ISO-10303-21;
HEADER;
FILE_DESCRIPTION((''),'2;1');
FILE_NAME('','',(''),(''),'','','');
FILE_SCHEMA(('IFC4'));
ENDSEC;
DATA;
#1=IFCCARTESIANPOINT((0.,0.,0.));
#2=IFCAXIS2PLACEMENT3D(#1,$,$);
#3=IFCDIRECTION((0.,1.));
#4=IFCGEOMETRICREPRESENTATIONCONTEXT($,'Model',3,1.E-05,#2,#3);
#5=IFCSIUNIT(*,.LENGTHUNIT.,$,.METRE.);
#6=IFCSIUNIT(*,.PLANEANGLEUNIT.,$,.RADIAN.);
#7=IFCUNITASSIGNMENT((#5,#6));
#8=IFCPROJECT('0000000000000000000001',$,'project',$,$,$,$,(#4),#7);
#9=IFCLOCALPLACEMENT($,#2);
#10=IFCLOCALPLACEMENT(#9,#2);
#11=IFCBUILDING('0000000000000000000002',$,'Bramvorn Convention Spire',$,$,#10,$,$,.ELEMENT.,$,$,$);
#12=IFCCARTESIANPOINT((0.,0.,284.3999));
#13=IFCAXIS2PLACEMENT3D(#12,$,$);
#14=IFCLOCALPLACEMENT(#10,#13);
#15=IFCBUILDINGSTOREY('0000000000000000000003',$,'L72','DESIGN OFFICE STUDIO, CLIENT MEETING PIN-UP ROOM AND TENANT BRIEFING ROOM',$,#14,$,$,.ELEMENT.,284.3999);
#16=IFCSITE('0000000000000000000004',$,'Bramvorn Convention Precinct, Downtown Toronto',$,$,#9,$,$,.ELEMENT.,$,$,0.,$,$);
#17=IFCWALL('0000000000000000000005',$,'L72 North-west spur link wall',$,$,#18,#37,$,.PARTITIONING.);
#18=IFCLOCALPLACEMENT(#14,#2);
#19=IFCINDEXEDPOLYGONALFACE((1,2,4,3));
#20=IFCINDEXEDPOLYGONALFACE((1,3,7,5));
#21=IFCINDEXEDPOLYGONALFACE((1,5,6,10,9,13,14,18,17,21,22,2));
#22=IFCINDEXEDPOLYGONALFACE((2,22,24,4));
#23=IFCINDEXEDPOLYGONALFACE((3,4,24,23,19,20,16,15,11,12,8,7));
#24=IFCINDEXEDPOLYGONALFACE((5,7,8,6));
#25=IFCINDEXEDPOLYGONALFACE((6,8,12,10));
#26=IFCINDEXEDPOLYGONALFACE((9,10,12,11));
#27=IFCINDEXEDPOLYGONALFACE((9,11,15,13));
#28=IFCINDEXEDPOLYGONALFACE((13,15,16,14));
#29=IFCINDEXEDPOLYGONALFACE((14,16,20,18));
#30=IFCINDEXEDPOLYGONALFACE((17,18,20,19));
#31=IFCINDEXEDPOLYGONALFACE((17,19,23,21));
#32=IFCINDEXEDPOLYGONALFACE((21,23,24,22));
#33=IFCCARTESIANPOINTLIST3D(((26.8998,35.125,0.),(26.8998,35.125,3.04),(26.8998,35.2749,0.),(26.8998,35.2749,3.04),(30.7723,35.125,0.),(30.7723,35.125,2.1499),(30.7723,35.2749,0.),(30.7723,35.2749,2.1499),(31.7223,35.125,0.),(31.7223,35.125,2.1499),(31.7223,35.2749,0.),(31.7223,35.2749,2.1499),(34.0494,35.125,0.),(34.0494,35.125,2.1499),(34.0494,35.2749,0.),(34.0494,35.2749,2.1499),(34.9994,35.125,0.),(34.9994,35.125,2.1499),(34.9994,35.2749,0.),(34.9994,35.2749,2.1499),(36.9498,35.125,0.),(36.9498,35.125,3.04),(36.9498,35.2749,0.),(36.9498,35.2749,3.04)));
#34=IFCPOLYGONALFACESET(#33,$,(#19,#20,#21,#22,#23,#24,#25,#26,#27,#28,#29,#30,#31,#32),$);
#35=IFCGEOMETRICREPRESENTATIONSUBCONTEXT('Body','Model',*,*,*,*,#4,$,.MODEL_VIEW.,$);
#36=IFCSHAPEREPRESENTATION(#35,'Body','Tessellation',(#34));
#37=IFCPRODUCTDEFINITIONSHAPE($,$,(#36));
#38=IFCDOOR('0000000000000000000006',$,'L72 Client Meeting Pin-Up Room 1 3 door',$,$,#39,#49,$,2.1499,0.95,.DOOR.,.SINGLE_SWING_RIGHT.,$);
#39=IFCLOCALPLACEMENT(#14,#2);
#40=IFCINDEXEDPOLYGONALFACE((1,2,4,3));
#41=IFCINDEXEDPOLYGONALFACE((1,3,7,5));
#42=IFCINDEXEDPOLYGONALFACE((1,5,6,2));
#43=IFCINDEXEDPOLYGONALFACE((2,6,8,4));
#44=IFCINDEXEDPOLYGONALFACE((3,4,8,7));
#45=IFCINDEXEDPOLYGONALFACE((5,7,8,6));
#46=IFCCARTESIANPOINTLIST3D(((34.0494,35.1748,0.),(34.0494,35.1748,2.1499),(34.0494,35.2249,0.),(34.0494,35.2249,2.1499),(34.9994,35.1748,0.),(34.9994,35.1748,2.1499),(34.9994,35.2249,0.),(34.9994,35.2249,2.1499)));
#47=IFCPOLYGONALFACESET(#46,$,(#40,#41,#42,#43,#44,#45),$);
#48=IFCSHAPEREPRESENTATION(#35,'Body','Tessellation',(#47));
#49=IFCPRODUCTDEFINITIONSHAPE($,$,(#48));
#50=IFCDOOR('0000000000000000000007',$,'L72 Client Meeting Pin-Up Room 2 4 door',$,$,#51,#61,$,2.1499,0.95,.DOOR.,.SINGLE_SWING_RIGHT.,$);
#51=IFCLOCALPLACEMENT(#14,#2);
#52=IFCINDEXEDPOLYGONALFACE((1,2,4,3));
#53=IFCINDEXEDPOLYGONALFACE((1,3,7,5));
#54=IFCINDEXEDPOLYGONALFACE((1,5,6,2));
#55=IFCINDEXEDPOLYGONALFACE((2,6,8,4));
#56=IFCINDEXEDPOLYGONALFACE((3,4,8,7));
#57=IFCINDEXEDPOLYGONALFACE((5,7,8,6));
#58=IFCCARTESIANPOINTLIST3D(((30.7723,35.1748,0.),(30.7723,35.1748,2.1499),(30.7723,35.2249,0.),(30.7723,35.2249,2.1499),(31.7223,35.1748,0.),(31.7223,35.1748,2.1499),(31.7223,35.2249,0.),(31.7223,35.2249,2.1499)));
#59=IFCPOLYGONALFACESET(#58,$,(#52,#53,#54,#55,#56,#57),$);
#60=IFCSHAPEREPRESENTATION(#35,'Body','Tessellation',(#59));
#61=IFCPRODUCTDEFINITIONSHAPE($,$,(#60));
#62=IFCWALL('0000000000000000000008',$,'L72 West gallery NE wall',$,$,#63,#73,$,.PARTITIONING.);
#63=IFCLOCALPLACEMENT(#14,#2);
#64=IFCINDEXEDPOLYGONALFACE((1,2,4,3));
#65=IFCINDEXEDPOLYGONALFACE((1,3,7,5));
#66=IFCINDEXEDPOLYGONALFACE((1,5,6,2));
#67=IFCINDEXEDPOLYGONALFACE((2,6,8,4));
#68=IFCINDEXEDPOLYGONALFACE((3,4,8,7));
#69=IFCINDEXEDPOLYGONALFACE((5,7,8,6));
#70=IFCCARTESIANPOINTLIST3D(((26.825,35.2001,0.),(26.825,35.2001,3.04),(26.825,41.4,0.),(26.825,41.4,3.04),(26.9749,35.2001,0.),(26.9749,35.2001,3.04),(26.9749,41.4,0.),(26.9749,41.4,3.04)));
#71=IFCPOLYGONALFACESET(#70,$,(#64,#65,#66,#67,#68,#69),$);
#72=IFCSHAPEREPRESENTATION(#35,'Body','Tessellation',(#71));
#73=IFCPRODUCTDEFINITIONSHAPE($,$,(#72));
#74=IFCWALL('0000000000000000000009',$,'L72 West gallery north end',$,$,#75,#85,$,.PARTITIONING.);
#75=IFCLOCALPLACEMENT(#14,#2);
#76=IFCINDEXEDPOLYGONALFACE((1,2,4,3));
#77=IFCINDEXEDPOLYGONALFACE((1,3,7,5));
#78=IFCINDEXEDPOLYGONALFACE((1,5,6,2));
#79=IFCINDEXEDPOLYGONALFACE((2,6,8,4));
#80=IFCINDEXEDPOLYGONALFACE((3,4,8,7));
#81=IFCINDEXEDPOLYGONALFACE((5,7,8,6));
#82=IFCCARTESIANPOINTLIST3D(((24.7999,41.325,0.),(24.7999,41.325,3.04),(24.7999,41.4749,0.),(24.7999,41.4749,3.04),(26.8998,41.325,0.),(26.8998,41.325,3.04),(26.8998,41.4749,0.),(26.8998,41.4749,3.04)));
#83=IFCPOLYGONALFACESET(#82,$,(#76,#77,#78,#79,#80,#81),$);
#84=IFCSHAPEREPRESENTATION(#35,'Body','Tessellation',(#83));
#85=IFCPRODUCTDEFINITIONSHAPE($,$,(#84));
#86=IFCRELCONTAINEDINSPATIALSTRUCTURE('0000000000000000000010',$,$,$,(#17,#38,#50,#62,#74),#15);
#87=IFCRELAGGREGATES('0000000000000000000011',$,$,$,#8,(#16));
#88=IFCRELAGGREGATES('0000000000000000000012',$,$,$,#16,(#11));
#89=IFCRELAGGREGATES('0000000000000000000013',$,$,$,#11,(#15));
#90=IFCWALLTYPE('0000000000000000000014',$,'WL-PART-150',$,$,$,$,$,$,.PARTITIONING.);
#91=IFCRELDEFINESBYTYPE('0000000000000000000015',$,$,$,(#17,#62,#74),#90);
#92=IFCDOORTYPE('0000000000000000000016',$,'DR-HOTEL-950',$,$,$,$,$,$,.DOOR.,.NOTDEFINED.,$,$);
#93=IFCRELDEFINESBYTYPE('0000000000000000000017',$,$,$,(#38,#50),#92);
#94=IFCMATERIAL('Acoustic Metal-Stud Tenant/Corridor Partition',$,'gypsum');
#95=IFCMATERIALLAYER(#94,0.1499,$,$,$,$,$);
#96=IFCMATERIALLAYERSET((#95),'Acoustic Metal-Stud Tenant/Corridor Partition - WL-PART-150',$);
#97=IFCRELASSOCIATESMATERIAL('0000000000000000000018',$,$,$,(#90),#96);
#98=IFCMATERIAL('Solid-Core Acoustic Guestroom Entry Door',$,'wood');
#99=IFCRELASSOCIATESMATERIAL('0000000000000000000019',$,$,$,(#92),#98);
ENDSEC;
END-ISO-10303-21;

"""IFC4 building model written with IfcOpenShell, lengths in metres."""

from ifc_helpers import new_model, si_unit, direction, frame, frame_2d, origin, place, context, subcontext, project, spatial, rectangle, extrude, material, layer, layer_set, type_object, element, fill, save


model = new_model("IFC4")

# Units and contexts
model_context = context("Model", 3, precision=1e-05, world=origin(), true_north=direction((0.0, 1.0)))
body_context = subcontext(model_context, "Body", "Model", "MODEL_VIEW")
ifc_project = project(units=[si_unit("LENGTHUNIT", "METRE"), si_unit("PLANEANGLEUNIT", "RADIAN")], contexts=[model_context])

# Site, building, storey
site_placement = place(None, origin())
site = spatial("IfcSite", under=ifc_project, at=site_placement, Name="Bramvorn Convention Precinct, Downtown Toronto", CompositionType="ELEMENT", RefElevation=0.0)
building_placement = place(site_placement, origin())
building = spatial("IfcBuilding", under=site, at=building_placement, Name="Bramvorn Convention Spire", CompositionType="ELEMENT")
storey_placement = place(building_placement, frame((0.0, 0.0, 284.3999)))
storey = spatial("IfcBuildingStorey", under=building, at=storey_placement, Name="L72", Description="DESIGN OFFICE STUDIO, CLIENT MEETING PIN-UP ROOM AND TENANT BRIEFING ROOM", CompositionType="ELEMENT", Elevation=284.3999)

# Wall, openings, doors
ifc_material_1 = material(Name="Acoustic Metal-Stud Tenant/Corridor Partition", Category="gypsum")
ifc_layer_1 = layer(ifc_material_1, 0.1499)
ifc_layer_set_1 = layer_set([ifc_layer_1], Name="Acoustic Metal-Stud Tenant/Corridor Partition - WL-PART-150")
wall_type_1 = type_object("IfcWallType", Name="WL-PART-150", PredefinedType="PARTITIONING", material=ifc_layer_set_1)
wall_1_placement = place(storey_placement, frame((26.8999, 35.2, 0.0), z_axis=(0.0, 0.0, 1.0), x_axis=(1.0, 0.0, 0.0)))
wall_1 = element("IfcWall", 1, at=wall_1_placement, inside=storey, type_object=wall_type_1, Name="L72 North-west spur link wall", PredefinedType="PARTITIONING", context=body_context, shape_type="SweptSolid", body=[
    extrude(rectangle(XDim=10.05, YDim=0.1499, at=frame_2d((5.0249, 0.0))), origin(), (0.0, 0.0, 1.0), 3.04),
])
opening_1_placement = place(wall_1_placement, frame((7.1494, 0.0, 0.0)))
opening_1 = element("IfcOpeningElement", 2, at=opening_1_placement, cuts=wall_1, PredefinedType="OPENING", context=body_context, shape_type="SweptSolid", body=[
    extrude(rectangle(XDim=0.95, YDim=2.1499, at=frame_2d((0.4751, 1.075))), frame((0.0, 0.085, 0.0), z_axis=(0.0, -1.0, 0.0), x_axis=(1.0, 0.0, 0.0)), (0.0, 0.0, 1.0), 0.1699),
])
opening_2_placement = place(wall_1_placement, frame((3.8723, 0.0, 0.0)))
opening_2 = element("IfcOpeningElement", 3, at=opening_2_placement, cuts=wall_1, PredefinedType="OPENING", context=body_context, shape_type="SweptSolid", body=[
    extrude(rectangle(XDim=0.95, YDim=2.1499, at=frame_2d((0.4751, 1.075))), frame((0.0, 0.085, 0.0), z_axis=(0.0, -1.0, 0.0), x_axis=(1.0, 0.0, 0.0)), (0.0, 0.0, 1.0), 0.1699),
])
ifc_material_2 = material(Name="Solid-Core Acoustic Guestroom Entry Door", Category="wood")
door_type = type_object("IfcDoorType", Name="DR-HOTEL-950", OperationType="NOTDEFINED", PredefinedType="DOOR", material=ifc_material_2)
door_1_placement = place(opening_1_placement, origin())
door_1 = element("IfcDoor", 4, at=door_1_placement, inside=storey, type_object=door_type, Name="L72 Client Meeting Pin-Up Room 1 3 door", OperationType="SINGLE_SWING_RIGHT", OverallHeight=2.1499, OverallWidth=0.95, PredefinedType="DOOR", context=body_context, shape_type="SweptSolid", body=[
    extrude(rectangle(XDim=0.95, YDim=2.1499, at=frame_2d((0.4751, 1.075))), frame((0.0, 0.0249, 0.0), z_axis=(0.0, -1.0, 0.0), x_axis=(1.0, 0.0, 0.0)), (0.0, 0.0, 1.0), 0.05),
])
fill(opening_1, door_1)
door_2_placement = place(opening_2_placement, origin())
door_2 = element("IfcDoor", 5, at=door_2_placement, inside=storey, type_object=door_type, Name="L72 Client Meeting Pin-Up Room 2 4 door", OperationType="SINGLE_SWING_RIGHT", OverallHeight=2.1499, OverallWidth=0.95, PredefinedType="DOOR", context=body_context, shape_type="SweptSolid", body=[
    extrude(rectangle(XDim=0.95, YDim=2.1499, at=frame_2d((0.4751, 1.075))), frame((0.0, 0.0249, 0.0), z_axis=(0.0, -1.0, 0.0), x_axis=(1.0, 0.0, 0.0)), (0.0, 0.0, 1.0), 0.05),
])
fill(opening_2, door_2)

# Walls
wall_2_placement = place(storey_placement, frame((26.8999, 35.2, 0.0), z_axis=(0.0, 0.0, 1.0), x_axis=(0.0, 1.0, 0.0)))
element("IfcWall", 6, at=wall_2_placement, inside=storey, type_object=wall_type_1, Name="L72 West gallery NE wall", PredefinedType="PARTITIONING", context=body_context, shape_type="SweptSolid", body=[
    extrude(rectangle(XDim=6.2, YDim=0.1499, at=frame_2d((3.1001, 0.0))), origin(), (0.0, 0.0, 1.0), 3.04),
])
wall_3_placement = place(storey_placement, frame((24.8, 41.3999, 0.0), z_axis=(0.0, 0.0, 1.0), x_axis=(1.0, 0.0, 0.0)))
element("IfcWall", 7, at=wall_3_placement, inside=storey, type_object=wall_type_1, Name="L72 West gallery north end", PredefinedType="PARTITIONING", context=body_context, shape_type="SweptSolid", body=[
    extrude(rectangle(XDim=2.0999, YDim=0.1499, at=frame_2d((1.0498, 0.0))), origin(), (0.0, 0.0, 1.0), 3.04),
])

save(model, "model.ifc")
